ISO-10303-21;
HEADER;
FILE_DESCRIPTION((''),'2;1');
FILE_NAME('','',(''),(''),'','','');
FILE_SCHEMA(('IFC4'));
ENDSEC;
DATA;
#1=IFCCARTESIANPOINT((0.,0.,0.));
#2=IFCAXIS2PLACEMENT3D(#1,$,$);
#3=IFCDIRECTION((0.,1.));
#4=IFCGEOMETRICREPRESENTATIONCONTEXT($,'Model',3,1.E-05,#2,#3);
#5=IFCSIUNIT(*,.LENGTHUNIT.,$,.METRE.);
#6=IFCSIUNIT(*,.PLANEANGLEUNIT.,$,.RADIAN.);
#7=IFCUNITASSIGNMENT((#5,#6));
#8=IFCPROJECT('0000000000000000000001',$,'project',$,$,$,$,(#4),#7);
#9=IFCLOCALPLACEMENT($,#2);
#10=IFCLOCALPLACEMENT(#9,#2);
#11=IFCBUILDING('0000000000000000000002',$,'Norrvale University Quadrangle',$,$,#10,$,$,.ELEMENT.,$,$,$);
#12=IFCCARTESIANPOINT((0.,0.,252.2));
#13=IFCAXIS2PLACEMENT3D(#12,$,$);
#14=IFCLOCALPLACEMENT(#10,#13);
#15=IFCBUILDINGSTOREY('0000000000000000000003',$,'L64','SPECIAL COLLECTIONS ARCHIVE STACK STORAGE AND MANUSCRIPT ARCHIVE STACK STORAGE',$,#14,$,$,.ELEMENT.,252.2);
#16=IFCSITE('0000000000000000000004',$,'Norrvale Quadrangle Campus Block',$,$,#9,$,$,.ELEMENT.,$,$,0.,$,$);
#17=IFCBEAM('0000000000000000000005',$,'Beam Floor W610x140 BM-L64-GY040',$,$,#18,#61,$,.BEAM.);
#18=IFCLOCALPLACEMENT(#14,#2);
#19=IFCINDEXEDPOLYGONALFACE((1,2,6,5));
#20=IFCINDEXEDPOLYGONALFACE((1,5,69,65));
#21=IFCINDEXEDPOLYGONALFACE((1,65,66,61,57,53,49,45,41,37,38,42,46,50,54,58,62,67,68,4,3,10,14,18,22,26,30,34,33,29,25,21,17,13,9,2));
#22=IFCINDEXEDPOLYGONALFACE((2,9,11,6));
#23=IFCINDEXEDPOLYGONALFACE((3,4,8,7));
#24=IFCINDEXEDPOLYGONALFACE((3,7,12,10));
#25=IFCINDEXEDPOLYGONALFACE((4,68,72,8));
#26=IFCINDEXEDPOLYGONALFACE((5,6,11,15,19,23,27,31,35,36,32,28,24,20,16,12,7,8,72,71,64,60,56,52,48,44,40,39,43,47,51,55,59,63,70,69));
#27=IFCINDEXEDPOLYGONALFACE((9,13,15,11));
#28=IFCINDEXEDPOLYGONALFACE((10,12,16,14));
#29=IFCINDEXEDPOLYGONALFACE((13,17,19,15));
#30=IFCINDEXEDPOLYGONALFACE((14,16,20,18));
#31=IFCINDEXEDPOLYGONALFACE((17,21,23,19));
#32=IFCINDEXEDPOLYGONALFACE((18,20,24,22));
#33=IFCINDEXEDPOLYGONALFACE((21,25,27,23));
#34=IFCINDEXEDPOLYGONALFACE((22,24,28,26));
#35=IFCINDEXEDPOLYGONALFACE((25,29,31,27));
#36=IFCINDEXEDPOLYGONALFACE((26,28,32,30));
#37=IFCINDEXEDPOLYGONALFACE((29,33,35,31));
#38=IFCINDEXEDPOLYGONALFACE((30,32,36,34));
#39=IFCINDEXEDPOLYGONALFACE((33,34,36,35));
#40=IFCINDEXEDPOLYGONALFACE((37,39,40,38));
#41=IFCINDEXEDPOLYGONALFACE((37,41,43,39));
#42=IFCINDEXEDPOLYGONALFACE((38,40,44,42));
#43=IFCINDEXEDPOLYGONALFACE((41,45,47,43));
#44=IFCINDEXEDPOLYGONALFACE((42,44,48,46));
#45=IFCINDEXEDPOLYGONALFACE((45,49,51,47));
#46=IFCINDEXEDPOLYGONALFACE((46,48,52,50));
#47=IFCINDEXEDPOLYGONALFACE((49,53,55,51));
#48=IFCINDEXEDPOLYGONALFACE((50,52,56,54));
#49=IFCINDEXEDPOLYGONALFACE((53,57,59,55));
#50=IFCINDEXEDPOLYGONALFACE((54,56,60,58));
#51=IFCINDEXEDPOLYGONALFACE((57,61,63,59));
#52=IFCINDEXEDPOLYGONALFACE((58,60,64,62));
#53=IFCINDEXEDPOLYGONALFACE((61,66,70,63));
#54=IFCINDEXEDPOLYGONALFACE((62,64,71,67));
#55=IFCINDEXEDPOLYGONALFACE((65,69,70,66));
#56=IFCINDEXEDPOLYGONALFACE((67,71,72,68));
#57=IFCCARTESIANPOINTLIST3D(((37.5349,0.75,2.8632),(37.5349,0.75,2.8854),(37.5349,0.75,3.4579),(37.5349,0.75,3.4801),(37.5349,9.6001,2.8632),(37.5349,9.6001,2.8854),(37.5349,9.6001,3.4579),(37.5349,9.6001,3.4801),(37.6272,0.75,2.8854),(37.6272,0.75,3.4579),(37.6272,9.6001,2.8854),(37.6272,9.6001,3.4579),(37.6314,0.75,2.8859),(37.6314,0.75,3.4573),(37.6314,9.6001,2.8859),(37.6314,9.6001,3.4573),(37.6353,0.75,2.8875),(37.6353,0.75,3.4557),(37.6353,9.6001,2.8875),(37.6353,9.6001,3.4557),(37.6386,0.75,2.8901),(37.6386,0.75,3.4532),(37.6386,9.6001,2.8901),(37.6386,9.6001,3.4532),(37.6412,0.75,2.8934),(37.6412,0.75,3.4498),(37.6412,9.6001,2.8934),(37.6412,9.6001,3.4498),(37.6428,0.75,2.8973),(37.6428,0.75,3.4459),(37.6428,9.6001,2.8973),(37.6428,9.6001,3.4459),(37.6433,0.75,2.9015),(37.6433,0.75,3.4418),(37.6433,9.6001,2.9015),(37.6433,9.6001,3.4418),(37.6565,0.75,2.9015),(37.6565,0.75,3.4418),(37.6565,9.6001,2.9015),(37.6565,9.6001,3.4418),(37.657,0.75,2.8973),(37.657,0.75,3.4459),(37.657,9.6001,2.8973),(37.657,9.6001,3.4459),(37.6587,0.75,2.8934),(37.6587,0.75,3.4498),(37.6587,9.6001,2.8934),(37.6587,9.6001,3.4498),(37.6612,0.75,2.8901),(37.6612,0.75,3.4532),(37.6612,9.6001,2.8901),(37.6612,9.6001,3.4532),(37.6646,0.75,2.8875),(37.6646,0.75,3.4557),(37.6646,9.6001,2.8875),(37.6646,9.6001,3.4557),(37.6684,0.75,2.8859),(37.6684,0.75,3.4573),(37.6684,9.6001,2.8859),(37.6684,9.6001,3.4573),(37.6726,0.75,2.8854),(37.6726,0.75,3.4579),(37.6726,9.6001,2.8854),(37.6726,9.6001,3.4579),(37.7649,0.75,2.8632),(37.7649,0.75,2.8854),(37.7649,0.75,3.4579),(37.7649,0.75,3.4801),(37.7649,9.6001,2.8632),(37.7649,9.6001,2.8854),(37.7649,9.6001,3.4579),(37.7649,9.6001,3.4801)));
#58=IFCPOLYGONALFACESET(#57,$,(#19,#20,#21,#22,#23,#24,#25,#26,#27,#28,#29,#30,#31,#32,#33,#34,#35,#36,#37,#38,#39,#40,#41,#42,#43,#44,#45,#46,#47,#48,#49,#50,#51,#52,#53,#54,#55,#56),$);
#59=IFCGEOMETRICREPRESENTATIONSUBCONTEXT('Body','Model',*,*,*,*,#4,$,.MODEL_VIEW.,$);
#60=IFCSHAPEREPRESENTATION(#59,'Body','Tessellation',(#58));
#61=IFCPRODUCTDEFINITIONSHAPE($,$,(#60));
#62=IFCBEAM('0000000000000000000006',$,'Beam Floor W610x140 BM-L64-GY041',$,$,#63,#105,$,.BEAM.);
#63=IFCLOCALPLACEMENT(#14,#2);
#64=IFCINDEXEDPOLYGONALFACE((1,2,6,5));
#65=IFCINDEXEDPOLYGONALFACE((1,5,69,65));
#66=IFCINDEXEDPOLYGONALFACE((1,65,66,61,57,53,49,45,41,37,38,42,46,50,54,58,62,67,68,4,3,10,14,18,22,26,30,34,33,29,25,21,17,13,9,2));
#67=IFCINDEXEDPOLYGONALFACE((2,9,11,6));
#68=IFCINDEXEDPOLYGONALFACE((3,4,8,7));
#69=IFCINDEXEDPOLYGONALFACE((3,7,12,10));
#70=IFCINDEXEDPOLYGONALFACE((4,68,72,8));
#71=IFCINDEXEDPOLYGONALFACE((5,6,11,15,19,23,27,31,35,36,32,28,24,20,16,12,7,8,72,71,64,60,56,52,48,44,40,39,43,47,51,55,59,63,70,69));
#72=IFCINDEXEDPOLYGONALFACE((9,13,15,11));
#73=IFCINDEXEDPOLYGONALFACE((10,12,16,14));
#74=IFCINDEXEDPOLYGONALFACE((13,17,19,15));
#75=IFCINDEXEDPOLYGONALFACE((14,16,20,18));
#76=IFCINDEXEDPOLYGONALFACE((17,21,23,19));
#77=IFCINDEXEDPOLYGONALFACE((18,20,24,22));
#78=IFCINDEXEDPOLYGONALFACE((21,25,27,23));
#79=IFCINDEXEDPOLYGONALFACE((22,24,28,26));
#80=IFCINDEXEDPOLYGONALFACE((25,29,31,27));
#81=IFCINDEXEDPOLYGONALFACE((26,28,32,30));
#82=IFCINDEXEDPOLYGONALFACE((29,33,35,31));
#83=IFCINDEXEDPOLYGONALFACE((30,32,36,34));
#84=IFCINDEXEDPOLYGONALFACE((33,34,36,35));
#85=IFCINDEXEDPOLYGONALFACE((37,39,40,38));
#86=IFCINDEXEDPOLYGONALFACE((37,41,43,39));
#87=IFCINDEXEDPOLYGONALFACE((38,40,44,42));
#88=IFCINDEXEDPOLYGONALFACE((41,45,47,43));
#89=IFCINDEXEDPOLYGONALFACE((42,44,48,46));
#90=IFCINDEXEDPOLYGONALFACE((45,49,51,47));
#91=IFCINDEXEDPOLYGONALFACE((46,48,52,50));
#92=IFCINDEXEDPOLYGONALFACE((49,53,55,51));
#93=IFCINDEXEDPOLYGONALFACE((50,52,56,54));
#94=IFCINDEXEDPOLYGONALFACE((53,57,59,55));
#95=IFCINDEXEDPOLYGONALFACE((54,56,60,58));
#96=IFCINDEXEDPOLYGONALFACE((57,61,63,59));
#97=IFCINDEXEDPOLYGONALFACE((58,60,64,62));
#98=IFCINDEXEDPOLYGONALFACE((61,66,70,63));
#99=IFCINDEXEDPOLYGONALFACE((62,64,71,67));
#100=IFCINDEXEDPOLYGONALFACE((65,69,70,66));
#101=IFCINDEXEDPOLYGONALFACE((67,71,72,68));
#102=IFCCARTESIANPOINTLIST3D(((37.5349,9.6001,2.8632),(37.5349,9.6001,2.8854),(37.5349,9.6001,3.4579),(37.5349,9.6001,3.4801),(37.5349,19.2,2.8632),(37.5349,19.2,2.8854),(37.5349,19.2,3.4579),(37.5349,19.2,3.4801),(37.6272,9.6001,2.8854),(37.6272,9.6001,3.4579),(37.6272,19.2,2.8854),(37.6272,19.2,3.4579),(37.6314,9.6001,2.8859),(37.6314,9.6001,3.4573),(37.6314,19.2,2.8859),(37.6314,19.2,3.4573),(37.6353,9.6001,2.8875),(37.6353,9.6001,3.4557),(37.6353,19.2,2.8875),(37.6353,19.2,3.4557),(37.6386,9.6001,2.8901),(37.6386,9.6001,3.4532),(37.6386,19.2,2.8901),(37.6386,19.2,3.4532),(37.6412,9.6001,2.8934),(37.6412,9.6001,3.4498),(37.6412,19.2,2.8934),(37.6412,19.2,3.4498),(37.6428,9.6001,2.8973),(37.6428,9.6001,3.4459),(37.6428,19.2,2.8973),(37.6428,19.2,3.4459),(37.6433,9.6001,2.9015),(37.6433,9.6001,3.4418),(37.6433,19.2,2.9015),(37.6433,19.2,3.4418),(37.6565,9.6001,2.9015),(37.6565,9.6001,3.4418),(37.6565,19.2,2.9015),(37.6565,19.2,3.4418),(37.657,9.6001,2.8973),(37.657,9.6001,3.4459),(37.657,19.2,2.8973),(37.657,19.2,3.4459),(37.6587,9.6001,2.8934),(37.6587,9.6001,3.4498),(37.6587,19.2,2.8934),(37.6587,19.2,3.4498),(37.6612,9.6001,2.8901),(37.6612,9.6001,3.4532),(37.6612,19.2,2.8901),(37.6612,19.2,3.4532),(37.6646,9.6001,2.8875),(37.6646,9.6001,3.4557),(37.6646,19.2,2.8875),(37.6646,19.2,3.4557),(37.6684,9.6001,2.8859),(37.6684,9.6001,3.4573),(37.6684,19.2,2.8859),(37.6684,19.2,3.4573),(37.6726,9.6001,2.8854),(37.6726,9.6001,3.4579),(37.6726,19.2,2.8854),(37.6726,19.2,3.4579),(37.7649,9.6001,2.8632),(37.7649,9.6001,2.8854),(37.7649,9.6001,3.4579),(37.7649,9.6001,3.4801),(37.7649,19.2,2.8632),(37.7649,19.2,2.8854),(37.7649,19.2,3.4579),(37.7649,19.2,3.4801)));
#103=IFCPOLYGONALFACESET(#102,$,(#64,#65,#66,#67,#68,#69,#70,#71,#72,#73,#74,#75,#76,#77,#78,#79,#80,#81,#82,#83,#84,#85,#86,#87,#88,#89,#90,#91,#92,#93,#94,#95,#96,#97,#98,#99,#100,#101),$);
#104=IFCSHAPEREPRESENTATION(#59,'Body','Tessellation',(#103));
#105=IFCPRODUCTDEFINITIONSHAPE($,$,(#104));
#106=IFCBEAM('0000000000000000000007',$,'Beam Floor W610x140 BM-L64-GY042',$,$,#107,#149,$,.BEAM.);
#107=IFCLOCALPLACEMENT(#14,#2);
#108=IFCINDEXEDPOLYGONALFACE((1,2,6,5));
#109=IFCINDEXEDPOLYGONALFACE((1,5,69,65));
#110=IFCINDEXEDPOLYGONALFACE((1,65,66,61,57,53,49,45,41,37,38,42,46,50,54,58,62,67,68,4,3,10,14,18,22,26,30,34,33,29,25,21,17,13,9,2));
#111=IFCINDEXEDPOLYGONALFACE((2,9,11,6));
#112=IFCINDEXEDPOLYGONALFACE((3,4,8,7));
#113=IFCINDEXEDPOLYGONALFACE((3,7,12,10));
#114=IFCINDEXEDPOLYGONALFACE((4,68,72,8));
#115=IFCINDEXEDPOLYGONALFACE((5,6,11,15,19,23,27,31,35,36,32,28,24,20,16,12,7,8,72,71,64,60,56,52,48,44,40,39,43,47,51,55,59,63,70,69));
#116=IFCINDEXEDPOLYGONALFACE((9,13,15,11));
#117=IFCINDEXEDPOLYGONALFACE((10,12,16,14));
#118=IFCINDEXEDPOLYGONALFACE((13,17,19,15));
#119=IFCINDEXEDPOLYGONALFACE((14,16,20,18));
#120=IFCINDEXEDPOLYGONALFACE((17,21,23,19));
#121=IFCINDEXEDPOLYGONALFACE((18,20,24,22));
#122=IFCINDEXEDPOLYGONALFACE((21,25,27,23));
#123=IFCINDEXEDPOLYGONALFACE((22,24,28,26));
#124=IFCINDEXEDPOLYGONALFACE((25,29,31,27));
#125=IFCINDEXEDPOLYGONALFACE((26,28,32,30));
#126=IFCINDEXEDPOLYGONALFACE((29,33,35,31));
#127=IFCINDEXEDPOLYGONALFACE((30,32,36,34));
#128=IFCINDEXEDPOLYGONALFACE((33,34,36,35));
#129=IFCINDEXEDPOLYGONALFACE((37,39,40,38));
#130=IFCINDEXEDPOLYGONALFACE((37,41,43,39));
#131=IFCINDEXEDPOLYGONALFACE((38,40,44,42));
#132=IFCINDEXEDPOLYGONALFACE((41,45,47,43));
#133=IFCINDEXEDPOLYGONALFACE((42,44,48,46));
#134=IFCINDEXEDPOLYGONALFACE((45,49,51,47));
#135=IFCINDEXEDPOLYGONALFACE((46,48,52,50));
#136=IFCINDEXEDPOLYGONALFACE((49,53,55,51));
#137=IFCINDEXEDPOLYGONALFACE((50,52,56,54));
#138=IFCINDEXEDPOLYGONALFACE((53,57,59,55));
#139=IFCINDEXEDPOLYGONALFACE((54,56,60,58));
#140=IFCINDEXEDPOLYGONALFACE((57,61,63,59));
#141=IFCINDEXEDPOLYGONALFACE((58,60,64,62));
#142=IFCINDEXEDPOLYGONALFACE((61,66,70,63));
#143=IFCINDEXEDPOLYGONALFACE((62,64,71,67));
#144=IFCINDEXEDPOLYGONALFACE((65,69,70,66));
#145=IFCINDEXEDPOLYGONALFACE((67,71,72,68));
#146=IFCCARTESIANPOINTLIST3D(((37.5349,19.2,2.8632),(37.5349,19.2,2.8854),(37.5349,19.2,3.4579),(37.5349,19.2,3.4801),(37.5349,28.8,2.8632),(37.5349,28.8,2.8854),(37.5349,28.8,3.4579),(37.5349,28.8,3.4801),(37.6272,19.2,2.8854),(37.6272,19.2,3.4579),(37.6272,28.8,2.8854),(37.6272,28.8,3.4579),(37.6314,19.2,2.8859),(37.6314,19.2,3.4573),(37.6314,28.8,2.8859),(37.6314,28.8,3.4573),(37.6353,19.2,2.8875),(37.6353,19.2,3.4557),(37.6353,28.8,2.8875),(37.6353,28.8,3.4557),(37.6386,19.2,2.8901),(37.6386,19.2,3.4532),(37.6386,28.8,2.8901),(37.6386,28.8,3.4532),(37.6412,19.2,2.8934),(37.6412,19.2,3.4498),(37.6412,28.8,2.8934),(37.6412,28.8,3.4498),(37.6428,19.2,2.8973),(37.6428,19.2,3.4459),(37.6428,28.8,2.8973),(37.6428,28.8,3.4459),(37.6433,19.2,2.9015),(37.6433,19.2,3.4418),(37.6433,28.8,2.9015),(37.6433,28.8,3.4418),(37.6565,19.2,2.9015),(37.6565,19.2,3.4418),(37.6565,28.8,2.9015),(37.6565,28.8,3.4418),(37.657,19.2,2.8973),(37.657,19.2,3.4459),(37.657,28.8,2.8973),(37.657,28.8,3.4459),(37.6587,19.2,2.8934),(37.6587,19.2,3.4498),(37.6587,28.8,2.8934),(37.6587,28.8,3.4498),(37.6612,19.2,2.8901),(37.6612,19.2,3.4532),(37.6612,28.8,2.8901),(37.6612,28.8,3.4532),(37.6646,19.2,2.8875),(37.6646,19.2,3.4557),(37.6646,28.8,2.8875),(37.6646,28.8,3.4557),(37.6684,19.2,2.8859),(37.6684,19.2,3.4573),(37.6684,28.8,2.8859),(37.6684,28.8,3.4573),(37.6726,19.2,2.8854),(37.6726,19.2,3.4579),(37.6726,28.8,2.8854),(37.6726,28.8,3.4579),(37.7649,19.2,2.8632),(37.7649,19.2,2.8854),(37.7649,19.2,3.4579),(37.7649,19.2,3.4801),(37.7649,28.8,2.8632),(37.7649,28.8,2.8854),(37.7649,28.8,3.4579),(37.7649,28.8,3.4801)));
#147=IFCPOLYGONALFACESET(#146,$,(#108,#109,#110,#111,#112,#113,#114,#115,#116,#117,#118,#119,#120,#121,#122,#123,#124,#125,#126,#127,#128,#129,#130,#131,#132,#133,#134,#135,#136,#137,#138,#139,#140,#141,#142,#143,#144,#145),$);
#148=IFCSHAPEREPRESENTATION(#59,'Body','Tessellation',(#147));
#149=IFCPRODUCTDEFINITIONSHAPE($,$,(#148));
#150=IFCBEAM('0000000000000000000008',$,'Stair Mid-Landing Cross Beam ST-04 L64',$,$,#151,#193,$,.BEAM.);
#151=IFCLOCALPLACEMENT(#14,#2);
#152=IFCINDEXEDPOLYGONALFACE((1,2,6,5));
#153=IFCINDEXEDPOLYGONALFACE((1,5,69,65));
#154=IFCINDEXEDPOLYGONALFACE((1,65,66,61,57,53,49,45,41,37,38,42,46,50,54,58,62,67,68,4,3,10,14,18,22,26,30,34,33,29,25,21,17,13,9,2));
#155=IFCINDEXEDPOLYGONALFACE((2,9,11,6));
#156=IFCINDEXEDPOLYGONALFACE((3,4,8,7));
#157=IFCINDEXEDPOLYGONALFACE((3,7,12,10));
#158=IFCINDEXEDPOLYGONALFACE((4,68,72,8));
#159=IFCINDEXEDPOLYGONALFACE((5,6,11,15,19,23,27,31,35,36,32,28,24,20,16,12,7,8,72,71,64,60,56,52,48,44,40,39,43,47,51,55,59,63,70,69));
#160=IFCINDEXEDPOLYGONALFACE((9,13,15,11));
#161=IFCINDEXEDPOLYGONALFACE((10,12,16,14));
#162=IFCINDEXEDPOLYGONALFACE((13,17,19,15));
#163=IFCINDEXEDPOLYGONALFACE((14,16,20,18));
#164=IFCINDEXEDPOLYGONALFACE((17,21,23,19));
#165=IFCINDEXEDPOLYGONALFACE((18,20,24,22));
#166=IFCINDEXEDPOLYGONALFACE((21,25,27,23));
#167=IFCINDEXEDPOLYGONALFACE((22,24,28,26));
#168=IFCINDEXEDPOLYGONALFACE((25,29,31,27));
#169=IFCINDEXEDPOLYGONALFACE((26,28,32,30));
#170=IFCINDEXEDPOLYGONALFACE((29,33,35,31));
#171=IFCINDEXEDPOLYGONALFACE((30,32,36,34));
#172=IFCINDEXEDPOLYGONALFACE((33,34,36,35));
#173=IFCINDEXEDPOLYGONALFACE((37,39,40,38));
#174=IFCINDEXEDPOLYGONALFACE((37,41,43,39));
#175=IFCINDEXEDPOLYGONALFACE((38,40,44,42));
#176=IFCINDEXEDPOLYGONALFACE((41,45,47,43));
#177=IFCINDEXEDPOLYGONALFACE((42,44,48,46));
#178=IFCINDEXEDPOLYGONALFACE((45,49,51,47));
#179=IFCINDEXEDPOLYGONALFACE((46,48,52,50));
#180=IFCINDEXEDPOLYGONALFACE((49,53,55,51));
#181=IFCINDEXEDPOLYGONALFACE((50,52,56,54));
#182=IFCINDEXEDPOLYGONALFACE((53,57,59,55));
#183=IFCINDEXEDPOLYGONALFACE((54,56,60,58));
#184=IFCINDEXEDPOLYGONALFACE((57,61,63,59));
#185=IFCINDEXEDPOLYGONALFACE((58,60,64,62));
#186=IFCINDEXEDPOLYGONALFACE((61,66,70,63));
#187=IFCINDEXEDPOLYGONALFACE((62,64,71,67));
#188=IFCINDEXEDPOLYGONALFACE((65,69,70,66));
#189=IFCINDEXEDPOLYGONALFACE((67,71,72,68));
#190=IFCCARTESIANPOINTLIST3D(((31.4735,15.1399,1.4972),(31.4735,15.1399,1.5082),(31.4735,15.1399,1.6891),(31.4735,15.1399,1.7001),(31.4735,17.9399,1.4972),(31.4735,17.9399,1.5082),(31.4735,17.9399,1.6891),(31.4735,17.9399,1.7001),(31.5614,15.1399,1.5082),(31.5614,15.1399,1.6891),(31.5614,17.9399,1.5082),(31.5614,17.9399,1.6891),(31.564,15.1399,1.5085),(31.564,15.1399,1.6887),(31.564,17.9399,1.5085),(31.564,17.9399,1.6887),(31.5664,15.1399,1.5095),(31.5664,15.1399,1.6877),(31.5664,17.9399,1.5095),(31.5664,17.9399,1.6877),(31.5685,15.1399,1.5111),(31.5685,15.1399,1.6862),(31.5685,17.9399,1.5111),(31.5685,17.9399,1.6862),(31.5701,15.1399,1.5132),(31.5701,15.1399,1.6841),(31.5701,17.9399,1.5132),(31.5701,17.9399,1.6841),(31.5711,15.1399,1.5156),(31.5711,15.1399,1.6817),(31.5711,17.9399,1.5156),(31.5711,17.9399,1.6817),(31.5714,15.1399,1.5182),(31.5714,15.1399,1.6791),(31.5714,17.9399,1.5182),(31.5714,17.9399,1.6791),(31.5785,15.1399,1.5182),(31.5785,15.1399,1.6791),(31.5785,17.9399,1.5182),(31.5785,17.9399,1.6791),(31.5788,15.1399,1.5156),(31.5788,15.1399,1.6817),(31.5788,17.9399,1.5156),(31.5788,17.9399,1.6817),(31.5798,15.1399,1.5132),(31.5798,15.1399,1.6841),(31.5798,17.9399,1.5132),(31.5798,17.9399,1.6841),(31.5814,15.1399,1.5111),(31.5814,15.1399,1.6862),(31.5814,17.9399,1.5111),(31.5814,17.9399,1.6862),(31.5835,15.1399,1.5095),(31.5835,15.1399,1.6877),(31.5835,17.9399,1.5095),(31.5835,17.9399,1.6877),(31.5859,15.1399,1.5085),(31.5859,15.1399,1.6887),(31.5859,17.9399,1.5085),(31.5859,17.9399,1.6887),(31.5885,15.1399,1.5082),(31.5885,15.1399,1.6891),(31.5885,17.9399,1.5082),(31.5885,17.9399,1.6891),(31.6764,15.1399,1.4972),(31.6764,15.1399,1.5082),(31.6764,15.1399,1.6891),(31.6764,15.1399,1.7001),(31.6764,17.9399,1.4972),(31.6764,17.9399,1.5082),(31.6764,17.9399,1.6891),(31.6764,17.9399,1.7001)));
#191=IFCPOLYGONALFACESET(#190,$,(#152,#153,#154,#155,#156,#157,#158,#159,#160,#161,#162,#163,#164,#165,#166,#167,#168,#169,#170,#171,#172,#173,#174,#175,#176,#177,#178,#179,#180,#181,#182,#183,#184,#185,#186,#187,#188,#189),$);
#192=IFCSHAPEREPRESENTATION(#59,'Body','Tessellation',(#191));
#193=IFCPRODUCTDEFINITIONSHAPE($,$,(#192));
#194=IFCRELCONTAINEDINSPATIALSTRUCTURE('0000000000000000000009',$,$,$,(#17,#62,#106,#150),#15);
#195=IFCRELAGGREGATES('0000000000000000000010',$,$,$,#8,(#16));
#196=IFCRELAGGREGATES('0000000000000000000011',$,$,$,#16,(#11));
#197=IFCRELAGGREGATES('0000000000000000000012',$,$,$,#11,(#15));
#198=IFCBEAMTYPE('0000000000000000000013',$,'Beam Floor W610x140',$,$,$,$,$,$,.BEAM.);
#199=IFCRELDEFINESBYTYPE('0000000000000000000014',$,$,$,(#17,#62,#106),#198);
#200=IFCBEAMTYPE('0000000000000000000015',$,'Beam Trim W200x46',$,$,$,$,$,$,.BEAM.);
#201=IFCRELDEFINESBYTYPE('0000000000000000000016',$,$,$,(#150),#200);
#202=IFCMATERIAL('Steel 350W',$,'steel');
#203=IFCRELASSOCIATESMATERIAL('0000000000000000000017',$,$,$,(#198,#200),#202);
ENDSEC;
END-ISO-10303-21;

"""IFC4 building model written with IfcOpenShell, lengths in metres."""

from ifc_helpers import new_model, si_unit, direction, frame, origin, origin_2d, place, context, subcontext, project, spatial, i_section, extrude, material, material_profile, profile_set, type_object, element, save


model = new_model("IFC4")

# Units and contexts
model_context = context("Model", 3, precision=1e-05, world=origin(), true_north=direction((0.0, 1.0)))
body_context = subcontext(model_context, "Body", "Model", "MODEL_VIEW")
ifc_project = project(units=[si_unit("LENGTHUNIT", "METRE"), si_unit("PLANEANGLEUNIT", "RADIAN")], contexts=[model_context])

# Site, building, storey
site_placement = place(None, origin())
site = spatial("IfcSite", under=ifc_project, at=site_placement, Name="Norrvale Quadrangle Campus Block", CompositionType="ELEMENT", RefElevation=0.0)
building_placement = place(site_placement, origin())
building = spatial("IfcBuilding", under=site, at=building_placement, Name="Norrvale University Quadrangle", CompositionType="ELEMENT")
storey_placement = place(building_placement, frame((0.0, 0.0, 252.2)))
storey = spatial("IfcBuildingStorey", under=building, at=storey_placement, Name="L64", Description="SPECIAL COLLECTIONS ARCHIVE STACK STORAGE AND MANUSCRIPT ARCHIVE STACK STORAGE", CompositionType="ELEMENT", Elevation=252.2)

# Beams
ifc_material_1 = material(Name="Steel 350W", Category="steel")
ifc_material_profile_1 = material_profile(ifc_material_1, i_section(OverallWidth=0.23, OverallDepth=0.6169, WebThickness=0.0132, FlangeThickness=0.0222, FilletRadius=0.0161, at=origin_2d()), Name="Steel 350W")
ifc_profile_set_1 = profile_set([ifc_material_profile_1], Name="Steel 350W")
beam_type_1 = type_object("IfcBeamType", Name="Beam Floor W610x140", PredefinedType="BEAM", material=ifc_profile_set_1)
beam_1_placement = place(storey_placement, frame((37.6499, 0.75, 3.1716), z_axis=(0.0, 1.0, 0.0), x_axis=(-1.0, 0.0, 0.0)))
element("IfcBeam", 1, at=beam_1_placement, inside=storey, type_object=beam_type_1, Name="Beam Floor W610x140 BM-L64-GY040", PredefinedType="BEAM", context=body_context, shape_type="SweptSolid", body=[
    extrude(i_section(OverallWidth=0.23, OverallDepth=0.6169, WebThickness=0.0132, FlangeThickness=0.0222, FilletRadius=0.0161, at=origin_2d()), origin(), (0.0, 0.0, 1.0), 8.8501),
])
beam_2_placement = place(storey_placement, frame((37.6499, 9.6001, 3.1716), z_axis=(0.0, 1.0, 0.0), x_axis=(-1.0, 0.0, 0.0)))
element("IfcBeam", 2, at=beam_2_placement, inside=storey, type_object=beam_type_1, Name="Beam Floor W610x140 BM-L64-GY041", PredefinedType="BEAM", context=body_context, shape_type="SweptSolid", body=[
    extrude(i_section(OverallWidth=0.23, OverallDepth=0.6169, WebThickness=0.0132, FlangeThickness=0.0222, FilletRadius=0.0161, at=origin_2d()), origin(), (0.0, 0.0, 1.0), 9.5999),
])
beam_3_placement = place(storey_placement, frame((37.6499, 19.2, 3.1716), z_axis=(0.0, 1.0, 0.0), x_axis=(-1.0, 0.0, 0.0)))
element("IfcBeam", 3, at=beam_3_placement, inside=storey, type_object=beam_type_1, Name="Beam Floor W610x140 BM-L64-GY042", PredefinedType="BEAM", context=body_context, shape_type="SweptSolid", body=[
    extrude(i_section(OverallWidth=0.23, OverallDepth=0.6169, WebThickness=0.0132, FlangeThickness=0.0222, FilletRadius=0.0161, at=origin_2d()), origin(), (0.0, 0.0, 1.0), 9.6001),
])
ifc_material_profile_2 = material_profile(ifc_material_1, i_section(OverallWidth=0.2029, OverallDepth=0.2029, WebThickness=0.0071, FlangeThickness=0.011, FilletRadius=0.01, at=origin_2d()), Name="Steel 350W")
ifc_profile_set_2 = profile_set([ifc_material_profile_2], Name="Steel 350W")
beam_type_2 = type_object("IfcBeamType", Name="Beam Trim W200x46", PredefinedType="BEAM", material=ifc_profile_set_2)
beam_4_placement = place(storey_placement, frame((31.575, 15.1399, 1.5986), z_axis=(0.0, 1.0, 0.0), x_axis=(-1.0, 0.0, 0.0)))
element("IfcBeam", 4, at=beam_4_placement, inside=storey, type_object=beam_type_2, Name="Stair Mid-Landing Cross Beam ST-04 L64", PredefinedType="BEAM", context=body_context, shape_type="SweptSolid", body=[
    extrude(i_section(OverallWidth=0.2029, OverallDepth=0.2029, WebThickness=0.0071, FlangeThickness=0.011, FilletRadius=0.01, at=origin_2d()), origin(), (0.0, 0.0, 1.0), 2.8),
])

save(model, "model.ifc")
